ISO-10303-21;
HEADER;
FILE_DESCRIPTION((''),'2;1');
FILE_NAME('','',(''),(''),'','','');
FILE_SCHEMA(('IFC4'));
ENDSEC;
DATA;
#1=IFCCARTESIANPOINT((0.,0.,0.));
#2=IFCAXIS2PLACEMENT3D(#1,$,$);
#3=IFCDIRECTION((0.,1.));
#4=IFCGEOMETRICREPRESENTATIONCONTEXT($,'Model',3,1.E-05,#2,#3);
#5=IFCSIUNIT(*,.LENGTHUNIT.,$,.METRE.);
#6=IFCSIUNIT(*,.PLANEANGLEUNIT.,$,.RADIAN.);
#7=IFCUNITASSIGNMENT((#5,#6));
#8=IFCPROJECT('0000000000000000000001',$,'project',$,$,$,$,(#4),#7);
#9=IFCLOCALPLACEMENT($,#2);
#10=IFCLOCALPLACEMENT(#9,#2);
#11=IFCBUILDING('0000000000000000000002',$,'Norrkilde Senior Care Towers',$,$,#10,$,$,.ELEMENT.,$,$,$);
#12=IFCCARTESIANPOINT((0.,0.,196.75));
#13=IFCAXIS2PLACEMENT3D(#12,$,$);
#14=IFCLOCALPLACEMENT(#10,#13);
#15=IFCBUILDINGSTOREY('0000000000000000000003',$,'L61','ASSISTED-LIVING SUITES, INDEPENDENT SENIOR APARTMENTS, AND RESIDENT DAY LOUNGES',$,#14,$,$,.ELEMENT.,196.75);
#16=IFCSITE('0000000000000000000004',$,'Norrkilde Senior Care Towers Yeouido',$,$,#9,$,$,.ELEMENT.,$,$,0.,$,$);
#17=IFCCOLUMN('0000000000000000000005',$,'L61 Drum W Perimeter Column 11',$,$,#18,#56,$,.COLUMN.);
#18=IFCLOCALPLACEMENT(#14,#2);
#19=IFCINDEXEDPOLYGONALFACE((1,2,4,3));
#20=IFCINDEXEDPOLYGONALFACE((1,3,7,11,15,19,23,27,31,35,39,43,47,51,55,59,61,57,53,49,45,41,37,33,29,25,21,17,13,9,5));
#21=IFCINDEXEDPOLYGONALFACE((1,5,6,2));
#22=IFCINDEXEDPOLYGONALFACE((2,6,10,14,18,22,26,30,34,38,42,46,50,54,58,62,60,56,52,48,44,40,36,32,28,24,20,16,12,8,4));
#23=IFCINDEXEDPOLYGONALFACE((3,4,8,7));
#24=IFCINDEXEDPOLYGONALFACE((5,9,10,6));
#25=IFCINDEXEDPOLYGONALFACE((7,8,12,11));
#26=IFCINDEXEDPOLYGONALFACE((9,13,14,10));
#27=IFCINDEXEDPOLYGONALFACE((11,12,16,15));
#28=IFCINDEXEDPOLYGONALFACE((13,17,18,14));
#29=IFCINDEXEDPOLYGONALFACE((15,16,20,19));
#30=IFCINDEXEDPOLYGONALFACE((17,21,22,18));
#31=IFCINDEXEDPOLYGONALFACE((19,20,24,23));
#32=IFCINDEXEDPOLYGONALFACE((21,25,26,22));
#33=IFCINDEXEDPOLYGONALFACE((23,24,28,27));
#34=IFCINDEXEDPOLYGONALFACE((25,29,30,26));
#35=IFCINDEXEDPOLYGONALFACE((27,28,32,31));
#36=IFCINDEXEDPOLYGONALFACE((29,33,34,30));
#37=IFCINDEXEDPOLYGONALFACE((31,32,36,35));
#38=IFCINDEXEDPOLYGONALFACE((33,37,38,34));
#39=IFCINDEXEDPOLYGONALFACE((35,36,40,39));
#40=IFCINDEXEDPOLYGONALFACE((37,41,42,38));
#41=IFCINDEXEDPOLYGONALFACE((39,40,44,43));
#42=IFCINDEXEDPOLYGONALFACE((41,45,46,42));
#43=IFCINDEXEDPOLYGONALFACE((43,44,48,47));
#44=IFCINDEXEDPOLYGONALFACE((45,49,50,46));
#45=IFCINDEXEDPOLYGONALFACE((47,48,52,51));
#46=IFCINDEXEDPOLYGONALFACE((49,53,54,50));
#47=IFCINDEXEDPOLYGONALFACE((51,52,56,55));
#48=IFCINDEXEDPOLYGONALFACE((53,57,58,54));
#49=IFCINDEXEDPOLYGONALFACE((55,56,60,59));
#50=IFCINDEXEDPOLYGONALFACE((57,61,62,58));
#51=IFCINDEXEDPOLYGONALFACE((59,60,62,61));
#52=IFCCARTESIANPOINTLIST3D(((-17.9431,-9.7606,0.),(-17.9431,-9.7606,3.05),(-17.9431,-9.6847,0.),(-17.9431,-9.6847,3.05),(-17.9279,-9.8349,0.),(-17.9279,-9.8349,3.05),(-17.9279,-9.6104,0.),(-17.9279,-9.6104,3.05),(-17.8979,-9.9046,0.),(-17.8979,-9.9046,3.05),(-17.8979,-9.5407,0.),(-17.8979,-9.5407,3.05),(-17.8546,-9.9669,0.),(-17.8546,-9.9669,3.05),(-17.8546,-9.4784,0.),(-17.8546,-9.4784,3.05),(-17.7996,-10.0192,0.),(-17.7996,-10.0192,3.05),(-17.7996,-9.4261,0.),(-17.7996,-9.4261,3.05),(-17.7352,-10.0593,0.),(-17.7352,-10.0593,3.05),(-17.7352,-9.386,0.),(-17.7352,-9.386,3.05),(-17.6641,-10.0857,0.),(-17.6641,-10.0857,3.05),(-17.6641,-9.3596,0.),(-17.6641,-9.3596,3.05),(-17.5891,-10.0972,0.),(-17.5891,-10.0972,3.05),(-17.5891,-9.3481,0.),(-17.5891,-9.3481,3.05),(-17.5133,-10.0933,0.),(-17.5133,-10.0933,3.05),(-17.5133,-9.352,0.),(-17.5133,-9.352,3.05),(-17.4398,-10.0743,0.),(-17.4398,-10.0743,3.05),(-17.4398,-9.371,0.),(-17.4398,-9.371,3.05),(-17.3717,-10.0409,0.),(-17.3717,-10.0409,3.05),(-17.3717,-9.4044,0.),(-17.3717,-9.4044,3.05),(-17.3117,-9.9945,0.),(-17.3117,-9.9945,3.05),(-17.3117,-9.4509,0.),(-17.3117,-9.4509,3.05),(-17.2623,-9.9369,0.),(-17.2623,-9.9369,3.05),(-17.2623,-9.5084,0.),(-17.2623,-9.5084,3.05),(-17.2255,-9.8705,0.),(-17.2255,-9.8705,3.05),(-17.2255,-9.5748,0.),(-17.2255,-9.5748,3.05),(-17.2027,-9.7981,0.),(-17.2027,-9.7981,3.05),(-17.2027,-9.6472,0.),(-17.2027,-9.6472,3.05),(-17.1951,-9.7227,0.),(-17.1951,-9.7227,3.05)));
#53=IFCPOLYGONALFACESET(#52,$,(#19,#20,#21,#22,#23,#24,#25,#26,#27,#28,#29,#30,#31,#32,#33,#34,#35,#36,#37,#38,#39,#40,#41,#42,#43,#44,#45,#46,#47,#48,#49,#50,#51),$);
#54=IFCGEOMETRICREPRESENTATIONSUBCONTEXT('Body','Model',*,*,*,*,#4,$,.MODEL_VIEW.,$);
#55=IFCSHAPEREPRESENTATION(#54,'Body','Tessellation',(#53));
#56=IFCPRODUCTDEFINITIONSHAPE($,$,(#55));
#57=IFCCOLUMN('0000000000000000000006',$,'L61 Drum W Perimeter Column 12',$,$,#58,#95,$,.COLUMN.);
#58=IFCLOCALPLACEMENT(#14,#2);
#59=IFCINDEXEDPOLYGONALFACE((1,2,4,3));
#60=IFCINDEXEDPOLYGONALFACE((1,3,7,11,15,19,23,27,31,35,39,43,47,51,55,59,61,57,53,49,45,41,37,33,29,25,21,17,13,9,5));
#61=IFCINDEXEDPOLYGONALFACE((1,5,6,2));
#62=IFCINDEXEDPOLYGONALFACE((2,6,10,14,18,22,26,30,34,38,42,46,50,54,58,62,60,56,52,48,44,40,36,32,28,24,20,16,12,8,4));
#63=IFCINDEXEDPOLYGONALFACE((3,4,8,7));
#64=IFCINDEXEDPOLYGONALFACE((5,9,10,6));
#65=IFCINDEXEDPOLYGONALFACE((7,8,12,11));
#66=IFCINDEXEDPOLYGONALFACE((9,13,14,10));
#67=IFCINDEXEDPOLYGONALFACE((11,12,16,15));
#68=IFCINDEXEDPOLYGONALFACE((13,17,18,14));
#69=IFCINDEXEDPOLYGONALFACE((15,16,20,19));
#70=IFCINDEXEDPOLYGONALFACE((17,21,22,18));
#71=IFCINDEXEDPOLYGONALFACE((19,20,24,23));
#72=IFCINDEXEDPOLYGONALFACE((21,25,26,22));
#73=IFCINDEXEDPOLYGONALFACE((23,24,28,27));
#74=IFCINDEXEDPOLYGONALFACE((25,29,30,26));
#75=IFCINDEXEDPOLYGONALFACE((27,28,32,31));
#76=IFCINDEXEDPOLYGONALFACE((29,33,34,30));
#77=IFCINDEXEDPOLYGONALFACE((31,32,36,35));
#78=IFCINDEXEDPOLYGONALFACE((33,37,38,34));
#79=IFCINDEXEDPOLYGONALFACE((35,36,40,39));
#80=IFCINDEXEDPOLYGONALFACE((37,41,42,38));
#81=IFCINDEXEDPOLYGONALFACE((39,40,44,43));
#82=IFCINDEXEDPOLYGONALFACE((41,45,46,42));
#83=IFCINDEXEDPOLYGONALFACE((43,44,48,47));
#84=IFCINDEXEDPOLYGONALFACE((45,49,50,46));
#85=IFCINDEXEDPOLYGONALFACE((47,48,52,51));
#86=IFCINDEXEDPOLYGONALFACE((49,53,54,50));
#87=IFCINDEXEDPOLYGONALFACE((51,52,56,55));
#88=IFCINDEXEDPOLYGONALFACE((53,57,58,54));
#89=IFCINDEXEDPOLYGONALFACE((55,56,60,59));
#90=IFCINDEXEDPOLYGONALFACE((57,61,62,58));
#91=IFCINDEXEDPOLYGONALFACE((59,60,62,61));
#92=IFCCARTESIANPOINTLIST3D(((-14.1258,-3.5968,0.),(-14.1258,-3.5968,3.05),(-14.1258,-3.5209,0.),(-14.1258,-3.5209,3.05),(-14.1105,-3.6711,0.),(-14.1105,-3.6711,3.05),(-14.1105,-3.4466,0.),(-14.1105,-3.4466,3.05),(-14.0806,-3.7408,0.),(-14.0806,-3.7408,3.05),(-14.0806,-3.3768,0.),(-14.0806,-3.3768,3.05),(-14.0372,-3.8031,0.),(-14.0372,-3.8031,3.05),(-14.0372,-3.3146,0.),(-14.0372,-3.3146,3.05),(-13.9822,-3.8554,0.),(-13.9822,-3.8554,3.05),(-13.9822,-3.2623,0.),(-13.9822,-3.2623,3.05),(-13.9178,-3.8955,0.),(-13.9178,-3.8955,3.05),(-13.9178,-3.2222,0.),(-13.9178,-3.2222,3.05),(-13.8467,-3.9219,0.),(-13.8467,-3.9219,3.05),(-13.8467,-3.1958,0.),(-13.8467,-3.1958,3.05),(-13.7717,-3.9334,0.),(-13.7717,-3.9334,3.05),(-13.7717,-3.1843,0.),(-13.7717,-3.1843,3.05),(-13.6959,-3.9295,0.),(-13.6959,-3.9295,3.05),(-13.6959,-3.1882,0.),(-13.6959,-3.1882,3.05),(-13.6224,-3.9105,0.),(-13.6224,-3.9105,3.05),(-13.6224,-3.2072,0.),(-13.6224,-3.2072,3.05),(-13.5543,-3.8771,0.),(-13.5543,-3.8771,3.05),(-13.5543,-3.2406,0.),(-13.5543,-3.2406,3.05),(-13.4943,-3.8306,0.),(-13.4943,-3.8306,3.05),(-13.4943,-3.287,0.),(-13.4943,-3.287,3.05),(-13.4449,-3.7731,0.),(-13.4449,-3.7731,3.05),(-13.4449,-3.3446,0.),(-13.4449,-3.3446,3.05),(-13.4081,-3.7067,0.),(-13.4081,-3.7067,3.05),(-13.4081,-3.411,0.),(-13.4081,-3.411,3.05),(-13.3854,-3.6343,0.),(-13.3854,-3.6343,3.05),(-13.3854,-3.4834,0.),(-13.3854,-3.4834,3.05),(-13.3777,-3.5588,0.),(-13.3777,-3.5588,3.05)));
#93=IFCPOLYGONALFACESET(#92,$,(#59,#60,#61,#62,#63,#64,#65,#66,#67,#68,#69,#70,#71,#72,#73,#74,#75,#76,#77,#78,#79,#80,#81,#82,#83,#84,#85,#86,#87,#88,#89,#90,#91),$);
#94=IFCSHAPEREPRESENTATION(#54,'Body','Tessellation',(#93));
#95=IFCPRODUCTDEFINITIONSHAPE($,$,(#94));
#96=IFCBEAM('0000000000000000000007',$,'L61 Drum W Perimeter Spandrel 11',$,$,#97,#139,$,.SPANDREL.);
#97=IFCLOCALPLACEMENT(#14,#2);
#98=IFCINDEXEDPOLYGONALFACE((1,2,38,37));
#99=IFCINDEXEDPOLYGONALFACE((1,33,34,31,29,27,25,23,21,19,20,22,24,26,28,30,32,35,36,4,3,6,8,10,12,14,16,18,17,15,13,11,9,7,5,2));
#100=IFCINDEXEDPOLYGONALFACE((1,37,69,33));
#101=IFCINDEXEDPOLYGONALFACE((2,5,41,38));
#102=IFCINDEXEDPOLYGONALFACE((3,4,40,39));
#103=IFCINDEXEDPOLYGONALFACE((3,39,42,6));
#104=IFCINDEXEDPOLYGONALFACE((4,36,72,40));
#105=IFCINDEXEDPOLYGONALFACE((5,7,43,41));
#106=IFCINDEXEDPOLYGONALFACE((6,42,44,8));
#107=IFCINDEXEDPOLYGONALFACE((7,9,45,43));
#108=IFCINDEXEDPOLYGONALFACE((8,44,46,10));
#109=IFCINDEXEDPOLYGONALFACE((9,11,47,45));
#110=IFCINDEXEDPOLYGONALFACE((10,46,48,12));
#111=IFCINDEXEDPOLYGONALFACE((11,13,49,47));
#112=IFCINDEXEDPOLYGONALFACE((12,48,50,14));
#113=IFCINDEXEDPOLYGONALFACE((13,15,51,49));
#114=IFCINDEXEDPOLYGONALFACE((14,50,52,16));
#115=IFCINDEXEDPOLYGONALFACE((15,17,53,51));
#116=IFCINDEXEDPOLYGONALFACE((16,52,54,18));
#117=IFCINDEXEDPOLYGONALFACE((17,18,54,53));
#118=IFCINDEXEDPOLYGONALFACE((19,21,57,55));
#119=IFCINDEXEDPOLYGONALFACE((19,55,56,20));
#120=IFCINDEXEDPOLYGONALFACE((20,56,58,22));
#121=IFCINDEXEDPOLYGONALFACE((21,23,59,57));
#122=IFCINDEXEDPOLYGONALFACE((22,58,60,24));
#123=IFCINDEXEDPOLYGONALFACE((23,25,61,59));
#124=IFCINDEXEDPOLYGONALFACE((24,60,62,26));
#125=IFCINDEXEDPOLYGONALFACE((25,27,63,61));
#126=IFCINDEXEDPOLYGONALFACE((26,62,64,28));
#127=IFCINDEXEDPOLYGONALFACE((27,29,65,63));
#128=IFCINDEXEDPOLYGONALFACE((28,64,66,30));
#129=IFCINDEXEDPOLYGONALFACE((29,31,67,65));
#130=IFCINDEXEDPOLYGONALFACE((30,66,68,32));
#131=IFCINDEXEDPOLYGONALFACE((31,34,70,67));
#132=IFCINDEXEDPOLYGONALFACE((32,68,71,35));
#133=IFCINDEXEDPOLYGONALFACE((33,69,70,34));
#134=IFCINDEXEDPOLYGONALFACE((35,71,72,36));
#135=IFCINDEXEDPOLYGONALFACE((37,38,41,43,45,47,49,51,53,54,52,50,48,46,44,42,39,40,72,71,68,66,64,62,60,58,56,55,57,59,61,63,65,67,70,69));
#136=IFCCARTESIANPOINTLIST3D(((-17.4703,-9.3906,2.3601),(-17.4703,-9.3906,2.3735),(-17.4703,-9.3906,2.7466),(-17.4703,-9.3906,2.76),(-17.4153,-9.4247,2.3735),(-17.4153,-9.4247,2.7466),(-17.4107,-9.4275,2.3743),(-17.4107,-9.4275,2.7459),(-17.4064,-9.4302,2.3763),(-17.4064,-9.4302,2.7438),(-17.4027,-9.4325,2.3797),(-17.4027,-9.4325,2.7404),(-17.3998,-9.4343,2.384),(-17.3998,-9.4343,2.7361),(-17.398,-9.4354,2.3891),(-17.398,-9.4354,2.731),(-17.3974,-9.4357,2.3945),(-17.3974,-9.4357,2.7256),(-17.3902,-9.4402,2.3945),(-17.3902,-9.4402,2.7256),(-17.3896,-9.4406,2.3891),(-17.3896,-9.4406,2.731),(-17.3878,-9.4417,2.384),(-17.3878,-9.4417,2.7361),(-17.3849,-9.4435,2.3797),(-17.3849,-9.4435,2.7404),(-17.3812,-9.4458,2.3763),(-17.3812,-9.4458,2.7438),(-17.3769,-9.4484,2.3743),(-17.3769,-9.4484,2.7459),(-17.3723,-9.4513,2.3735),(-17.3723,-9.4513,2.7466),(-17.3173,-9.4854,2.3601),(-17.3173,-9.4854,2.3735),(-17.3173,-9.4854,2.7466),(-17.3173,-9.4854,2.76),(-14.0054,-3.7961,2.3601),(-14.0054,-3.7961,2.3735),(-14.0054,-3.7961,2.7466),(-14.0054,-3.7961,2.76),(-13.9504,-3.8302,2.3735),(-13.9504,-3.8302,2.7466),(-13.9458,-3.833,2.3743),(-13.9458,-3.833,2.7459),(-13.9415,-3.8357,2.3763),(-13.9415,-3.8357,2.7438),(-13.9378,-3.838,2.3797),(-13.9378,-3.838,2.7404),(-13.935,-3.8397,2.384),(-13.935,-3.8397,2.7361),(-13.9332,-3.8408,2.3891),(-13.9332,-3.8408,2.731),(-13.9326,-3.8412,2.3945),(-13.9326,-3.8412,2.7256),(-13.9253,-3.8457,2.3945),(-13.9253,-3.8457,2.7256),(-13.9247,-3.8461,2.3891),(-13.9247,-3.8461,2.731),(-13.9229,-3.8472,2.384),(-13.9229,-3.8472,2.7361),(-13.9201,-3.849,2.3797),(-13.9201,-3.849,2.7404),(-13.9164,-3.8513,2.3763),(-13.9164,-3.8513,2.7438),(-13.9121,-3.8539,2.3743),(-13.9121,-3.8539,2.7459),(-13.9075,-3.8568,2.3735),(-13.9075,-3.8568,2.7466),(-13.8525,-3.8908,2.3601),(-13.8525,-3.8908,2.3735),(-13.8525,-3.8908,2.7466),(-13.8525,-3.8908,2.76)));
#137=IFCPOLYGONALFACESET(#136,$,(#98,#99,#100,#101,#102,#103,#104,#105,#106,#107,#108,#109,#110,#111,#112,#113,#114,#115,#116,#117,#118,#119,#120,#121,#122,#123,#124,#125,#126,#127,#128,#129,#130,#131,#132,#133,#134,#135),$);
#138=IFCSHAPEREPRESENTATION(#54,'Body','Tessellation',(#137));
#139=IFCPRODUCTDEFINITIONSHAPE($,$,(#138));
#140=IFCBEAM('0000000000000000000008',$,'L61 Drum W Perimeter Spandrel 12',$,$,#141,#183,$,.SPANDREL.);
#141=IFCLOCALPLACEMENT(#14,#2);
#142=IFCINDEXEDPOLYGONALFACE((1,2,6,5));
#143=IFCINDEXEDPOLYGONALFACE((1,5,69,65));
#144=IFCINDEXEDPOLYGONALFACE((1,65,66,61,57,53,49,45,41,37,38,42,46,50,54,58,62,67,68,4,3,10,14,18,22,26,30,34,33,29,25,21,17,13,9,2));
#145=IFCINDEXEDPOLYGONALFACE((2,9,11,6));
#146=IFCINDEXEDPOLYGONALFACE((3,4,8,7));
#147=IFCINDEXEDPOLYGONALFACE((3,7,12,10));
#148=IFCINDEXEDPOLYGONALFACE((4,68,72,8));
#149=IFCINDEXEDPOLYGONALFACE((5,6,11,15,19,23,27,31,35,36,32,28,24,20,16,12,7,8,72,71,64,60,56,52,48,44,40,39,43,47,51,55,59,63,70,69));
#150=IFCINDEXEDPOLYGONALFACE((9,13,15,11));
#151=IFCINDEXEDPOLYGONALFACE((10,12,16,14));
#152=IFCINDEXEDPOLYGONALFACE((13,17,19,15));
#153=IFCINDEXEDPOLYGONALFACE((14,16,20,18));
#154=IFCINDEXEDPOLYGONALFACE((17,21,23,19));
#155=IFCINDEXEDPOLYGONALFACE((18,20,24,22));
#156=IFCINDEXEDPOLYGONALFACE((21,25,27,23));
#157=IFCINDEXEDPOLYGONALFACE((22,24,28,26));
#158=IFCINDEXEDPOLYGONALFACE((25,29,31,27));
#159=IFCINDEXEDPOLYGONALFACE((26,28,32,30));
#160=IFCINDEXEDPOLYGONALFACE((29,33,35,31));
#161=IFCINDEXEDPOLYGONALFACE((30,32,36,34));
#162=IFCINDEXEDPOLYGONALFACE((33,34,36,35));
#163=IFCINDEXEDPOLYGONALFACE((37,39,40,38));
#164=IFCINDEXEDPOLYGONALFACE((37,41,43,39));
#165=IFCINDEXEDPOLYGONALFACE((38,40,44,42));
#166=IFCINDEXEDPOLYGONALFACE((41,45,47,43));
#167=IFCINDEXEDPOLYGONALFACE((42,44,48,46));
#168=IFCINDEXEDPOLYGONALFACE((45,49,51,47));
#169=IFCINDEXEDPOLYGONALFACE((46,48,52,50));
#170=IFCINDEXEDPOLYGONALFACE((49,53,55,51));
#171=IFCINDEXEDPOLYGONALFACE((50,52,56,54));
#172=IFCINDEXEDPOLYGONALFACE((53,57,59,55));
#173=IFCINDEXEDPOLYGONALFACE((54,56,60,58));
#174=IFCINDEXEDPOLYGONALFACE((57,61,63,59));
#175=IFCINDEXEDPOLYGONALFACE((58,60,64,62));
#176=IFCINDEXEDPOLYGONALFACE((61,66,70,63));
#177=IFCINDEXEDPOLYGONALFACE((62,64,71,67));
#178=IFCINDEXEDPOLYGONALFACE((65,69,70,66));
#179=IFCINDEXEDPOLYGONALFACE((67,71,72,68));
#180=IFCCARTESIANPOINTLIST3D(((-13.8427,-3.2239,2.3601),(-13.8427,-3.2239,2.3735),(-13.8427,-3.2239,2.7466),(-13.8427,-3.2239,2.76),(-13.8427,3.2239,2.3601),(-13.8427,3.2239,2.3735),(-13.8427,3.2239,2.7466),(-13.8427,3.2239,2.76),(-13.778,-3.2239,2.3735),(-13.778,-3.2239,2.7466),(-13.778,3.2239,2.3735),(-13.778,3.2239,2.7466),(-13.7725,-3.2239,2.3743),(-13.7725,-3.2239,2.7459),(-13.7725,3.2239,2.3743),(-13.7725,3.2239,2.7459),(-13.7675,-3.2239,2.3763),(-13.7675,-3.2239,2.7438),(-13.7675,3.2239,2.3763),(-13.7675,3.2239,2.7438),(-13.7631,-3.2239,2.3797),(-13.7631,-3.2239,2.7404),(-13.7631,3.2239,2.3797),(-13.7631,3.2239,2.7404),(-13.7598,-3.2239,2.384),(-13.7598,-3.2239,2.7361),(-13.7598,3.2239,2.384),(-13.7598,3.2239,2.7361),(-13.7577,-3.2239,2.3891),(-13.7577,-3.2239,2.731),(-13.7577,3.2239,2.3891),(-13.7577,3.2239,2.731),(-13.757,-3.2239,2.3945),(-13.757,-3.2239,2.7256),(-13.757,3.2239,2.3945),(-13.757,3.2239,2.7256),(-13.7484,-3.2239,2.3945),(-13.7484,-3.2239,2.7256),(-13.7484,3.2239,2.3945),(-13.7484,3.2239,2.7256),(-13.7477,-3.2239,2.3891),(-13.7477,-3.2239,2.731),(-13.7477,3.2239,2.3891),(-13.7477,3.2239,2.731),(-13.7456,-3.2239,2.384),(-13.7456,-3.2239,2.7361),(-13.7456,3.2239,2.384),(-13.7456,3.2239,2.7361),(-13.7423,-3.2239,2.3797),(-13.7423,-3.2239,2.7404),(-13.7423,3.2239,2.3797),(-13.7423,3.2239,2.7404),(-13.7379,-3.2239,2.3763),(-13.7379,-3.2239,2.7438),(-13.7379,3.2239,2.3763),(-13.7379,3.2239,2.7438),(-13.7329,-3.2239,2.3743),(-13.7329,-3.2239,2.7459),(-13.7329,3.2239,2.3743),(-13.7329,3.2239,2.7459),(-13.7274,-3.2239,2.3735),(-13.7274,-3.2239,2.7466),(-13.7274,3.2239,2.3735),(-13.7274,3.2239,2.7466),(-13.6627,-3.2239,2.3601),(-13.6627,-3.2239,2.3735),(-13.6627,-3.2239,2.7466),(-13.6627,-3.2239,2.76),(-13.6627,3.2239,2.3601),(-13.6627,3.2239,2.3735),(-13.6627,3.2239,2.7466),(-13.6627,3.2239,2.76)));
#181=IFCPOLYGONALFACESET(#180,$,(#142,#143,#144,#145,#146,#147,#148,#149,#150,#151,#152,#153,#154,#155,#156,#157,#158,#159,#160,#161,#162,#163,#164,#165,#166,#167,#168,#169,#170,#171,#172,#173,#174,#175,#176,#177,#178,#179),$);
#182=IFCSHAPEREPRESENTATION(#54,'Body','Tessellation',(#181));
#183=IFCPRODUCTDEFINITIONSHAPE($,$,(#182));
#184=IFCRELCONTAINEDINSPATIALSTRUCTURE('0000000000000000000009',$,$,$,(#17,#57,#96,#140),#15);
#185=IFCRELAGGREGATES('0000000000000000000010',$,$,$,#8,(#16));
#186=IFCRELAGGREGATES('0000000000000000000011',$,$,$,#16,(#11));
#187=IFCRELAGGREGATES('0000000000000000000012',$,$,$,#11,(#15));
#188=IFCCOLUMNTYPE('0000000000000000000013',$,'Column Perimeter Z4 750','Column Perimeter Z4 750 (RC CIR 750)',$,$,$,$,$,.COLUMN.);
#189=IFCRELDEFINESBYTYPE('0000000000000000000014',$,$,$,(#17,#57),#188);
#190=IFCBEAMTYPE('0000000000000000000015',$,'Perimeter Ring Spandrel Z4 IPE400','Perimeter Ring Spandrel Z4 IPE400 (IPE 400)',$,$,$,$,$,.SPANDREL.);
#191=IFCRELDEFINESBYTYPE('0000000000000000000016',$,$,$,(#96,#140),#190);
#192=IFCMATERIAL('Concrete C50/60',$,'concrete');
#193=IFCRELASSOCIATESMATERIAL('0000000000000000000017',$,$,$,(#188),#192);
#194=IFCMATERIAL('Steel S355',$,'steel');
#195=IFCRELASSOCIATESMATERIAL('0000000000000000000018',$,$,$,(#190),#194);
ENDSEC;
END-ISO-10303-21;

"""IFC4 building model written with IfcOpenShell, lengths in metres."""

from ifc_helpers import new_model, si_unit, direction, frame, origin, origin_2d, place, context, subcontext, project, spatial, circle, i_section, extrude, source, transform, mapped, material, material_profile, profile_set, type_object, type_shapes, element, save


model = new_model("IFC4")

# Units and contexts
model_context = context("Model", 3, precision=1e-05, world=origin(), true_north=direction((0.0, 1.0)))
body_context = subcontext(model_context, "Body", "Model", "MODEL_VIEW")
ifc_project = project(units=[si_unit("LENGTHUNIT", "METRE"), si_unit("PLANEANGLEUNIT", "RADIAN")], contexts=[model_context])

# Site, building, storey
site_placement = place(None, origin())
site = spatial("IfcSite", under=ifc_project, at=site_placement, Name="Norrkilde Senior Care Towers Yeouido", CompositionType="ELEMENT", RefElevation=0.0)
building_placement = place(site_placement, origin())
building = spatial("IfcBuilding", under=site, at=building_placement, Name="Norrkilde Senior Care Towers", CompositionType="ELEMENT")
storey_placement = place(building_placement, frame((0.0, 0.0, 196.75)))
storey = spatial("IfcBuildingStorey", under=building, at=storey_placement, Name="L61", Description="ASSISTED-LIVING SUITES, INDEPENDENT SENIOR APARTMENTS, AND RESIDENT DAY LOUNGES", CompositionType="ELEMENT", Elevation=196.75)

# Columns
ifc_material_1 = material(Name="Concrete C50/60", Category="concrete")
ifc_material_profile_1 = material_profile(ifc_material_1, circle(Radius=0.375, at=origin_2d()), Name="RC CIR 750")
ifc_profile_set_1 = profile_set([ifc_material_profile_1], Name="Concrete C50/60")
column_type = type_object("IfcColumnType", Name="Column Perimeter Z4 750", Description="Column Perimeter Z4 750 (RC CIR 750)", PredefinedType="COLUMN", material=ifc_profile_set_1)
shared_shape_1 = source(origin(), body_context, "Body", "SweptSolid", [
    extrude(circle(Radius=0.375, at=origin_2d()), origin(), (0.0, 0.0, 1.0), 3.05),
])
type_shapes(column_type, [shared_shape_1])
for number, where, z_axis, x_axis, name in (
    (1, (-17.5701, -9.7227, 0.0), (0.0, 0.0, 1.0), (1.0, 0.0, 0.0), "L61 Drum W Perimeter Column 11"),
    (2, (-13.7527, -3.5588, 0.0), (0.0, 0.0, 1.0), (1.0, 0.0, 0.0), "L61 Drum W Perimeter Column 12"),
):
    element("IfcColumn", number, at=place(storey_placement, frame(where, z_axis=z_axis, x_axis=x_axis)), inside=storey, type_object=column_type, Name=name, PredefinedType="COLUMN", context=body_context, shape_type="MappedRepresentation", body=[
        mapped(shared_shape_1, transform((0.0, 0.0, 0.0), x_axis=(1.0, 0.0, 0.0), y_axis=(0.0, 1.0, 0.0), z_axis=(0.0, 0.0, 1.0), scale=1.0)),
    ])

# Beams
ifc_material_2 = material(Name="Steel S355", Category="steel")
ifc_material_profile_2 = material_profile(ifc_material_2, i_section(OverallWidth=0.1799, OverallDepth=0.3999, WebThickness=0.0085, FlangeThickness=0.0134, FilletRadius=0.021, at=origin_2d()), Name="IPE 400")
ifc_profile_set_2 = profile_set([ifc_material_profile_2], Name="Steel S355")
beam_type_1 = type_object("IfcBeamType", Name="Perimeter Ring Spandrel Z4 IPE400", Description="Perimeter Ring Spandrel Z4 IPE400 (IPE 400)", PredefinedType="SPANDREL", material=ifc_profile_set_2)
shared_shape_2 = source(origin(), body_context, "Body", "SweptSolid", [
    extrude(i_section(OverallWidth=0.1799, OverallDepth=0.3999, WebThickness=0.0085, FlangeThickness=0.0134, FilletRadius=0.021, at=origin_2d()), origin(), (0.0, 0.0, 1.0), 6.5806),
])
beam_1_placement = place(storey_placement, frame((-17.3938, -9.438, 2.5601), z_axis=(0.52653, 0.850157, 0.0), x_axis=(-0.850157, 0.52653, 0.0)))
element("IfcBeam", 3, at=beam_1_placement, inside=storey, type_object=beam_type_1, Name="L61 Drum W Perimeter Spandrel 11", PredefinedType="SPANDREL", context=body_context, shape_type="MappedRepresentation", body=[
    mapped(shared_shape_2, transform((0.0, 0.0, 0.0), x_axis=(1.0, 0.0, 0.0), y_axis=(0.0, 1.0, 0.0), z_axis=(0.0, 0.0, 1.0), scale=1.0)),
])
shared_shape_3 = source(origin(), body_context, "Body", "SweptSolid", [
    extrude(i_section(OverallWidth=0.1799, OverallDepth=0.3999, WebThickness=0.0085, FlangeThickness=0.0134, FilletRadius=0.021, at=origin_2d()), origin(), (0.0, 0.0, 1.0), 6.4478),
])
type_shapes(beam_type_1, [shared_shape_2, shared_shape_3])
beam_2_placement = place(storey_placement, frame((-13.7527, -3.2239, 2.5601), z_axis=(0.0, 1.0, 0.0), x_axis=(-1.0, 0.0, 0.0)))
element("IfcBeam", 4, at=beam_2_placement, inside=storey, type_object=beam_type_1, Name="L61 Drum W Perimeter Spandrel 12", PredefinedType="SPANDREL", context=body_context, shape_type="MappedRepresentation", body=[
    mapped(shared_shape_3, transform((0.0, 0.0, 0.0), x_axis=(1.0, 0.0, 0.0), y_axis=(0.0, 1.0, 0.0), z_axis=(0.0, 0.0, 1.0), scale=1.0)),
])

save(model, "model.ifc")
